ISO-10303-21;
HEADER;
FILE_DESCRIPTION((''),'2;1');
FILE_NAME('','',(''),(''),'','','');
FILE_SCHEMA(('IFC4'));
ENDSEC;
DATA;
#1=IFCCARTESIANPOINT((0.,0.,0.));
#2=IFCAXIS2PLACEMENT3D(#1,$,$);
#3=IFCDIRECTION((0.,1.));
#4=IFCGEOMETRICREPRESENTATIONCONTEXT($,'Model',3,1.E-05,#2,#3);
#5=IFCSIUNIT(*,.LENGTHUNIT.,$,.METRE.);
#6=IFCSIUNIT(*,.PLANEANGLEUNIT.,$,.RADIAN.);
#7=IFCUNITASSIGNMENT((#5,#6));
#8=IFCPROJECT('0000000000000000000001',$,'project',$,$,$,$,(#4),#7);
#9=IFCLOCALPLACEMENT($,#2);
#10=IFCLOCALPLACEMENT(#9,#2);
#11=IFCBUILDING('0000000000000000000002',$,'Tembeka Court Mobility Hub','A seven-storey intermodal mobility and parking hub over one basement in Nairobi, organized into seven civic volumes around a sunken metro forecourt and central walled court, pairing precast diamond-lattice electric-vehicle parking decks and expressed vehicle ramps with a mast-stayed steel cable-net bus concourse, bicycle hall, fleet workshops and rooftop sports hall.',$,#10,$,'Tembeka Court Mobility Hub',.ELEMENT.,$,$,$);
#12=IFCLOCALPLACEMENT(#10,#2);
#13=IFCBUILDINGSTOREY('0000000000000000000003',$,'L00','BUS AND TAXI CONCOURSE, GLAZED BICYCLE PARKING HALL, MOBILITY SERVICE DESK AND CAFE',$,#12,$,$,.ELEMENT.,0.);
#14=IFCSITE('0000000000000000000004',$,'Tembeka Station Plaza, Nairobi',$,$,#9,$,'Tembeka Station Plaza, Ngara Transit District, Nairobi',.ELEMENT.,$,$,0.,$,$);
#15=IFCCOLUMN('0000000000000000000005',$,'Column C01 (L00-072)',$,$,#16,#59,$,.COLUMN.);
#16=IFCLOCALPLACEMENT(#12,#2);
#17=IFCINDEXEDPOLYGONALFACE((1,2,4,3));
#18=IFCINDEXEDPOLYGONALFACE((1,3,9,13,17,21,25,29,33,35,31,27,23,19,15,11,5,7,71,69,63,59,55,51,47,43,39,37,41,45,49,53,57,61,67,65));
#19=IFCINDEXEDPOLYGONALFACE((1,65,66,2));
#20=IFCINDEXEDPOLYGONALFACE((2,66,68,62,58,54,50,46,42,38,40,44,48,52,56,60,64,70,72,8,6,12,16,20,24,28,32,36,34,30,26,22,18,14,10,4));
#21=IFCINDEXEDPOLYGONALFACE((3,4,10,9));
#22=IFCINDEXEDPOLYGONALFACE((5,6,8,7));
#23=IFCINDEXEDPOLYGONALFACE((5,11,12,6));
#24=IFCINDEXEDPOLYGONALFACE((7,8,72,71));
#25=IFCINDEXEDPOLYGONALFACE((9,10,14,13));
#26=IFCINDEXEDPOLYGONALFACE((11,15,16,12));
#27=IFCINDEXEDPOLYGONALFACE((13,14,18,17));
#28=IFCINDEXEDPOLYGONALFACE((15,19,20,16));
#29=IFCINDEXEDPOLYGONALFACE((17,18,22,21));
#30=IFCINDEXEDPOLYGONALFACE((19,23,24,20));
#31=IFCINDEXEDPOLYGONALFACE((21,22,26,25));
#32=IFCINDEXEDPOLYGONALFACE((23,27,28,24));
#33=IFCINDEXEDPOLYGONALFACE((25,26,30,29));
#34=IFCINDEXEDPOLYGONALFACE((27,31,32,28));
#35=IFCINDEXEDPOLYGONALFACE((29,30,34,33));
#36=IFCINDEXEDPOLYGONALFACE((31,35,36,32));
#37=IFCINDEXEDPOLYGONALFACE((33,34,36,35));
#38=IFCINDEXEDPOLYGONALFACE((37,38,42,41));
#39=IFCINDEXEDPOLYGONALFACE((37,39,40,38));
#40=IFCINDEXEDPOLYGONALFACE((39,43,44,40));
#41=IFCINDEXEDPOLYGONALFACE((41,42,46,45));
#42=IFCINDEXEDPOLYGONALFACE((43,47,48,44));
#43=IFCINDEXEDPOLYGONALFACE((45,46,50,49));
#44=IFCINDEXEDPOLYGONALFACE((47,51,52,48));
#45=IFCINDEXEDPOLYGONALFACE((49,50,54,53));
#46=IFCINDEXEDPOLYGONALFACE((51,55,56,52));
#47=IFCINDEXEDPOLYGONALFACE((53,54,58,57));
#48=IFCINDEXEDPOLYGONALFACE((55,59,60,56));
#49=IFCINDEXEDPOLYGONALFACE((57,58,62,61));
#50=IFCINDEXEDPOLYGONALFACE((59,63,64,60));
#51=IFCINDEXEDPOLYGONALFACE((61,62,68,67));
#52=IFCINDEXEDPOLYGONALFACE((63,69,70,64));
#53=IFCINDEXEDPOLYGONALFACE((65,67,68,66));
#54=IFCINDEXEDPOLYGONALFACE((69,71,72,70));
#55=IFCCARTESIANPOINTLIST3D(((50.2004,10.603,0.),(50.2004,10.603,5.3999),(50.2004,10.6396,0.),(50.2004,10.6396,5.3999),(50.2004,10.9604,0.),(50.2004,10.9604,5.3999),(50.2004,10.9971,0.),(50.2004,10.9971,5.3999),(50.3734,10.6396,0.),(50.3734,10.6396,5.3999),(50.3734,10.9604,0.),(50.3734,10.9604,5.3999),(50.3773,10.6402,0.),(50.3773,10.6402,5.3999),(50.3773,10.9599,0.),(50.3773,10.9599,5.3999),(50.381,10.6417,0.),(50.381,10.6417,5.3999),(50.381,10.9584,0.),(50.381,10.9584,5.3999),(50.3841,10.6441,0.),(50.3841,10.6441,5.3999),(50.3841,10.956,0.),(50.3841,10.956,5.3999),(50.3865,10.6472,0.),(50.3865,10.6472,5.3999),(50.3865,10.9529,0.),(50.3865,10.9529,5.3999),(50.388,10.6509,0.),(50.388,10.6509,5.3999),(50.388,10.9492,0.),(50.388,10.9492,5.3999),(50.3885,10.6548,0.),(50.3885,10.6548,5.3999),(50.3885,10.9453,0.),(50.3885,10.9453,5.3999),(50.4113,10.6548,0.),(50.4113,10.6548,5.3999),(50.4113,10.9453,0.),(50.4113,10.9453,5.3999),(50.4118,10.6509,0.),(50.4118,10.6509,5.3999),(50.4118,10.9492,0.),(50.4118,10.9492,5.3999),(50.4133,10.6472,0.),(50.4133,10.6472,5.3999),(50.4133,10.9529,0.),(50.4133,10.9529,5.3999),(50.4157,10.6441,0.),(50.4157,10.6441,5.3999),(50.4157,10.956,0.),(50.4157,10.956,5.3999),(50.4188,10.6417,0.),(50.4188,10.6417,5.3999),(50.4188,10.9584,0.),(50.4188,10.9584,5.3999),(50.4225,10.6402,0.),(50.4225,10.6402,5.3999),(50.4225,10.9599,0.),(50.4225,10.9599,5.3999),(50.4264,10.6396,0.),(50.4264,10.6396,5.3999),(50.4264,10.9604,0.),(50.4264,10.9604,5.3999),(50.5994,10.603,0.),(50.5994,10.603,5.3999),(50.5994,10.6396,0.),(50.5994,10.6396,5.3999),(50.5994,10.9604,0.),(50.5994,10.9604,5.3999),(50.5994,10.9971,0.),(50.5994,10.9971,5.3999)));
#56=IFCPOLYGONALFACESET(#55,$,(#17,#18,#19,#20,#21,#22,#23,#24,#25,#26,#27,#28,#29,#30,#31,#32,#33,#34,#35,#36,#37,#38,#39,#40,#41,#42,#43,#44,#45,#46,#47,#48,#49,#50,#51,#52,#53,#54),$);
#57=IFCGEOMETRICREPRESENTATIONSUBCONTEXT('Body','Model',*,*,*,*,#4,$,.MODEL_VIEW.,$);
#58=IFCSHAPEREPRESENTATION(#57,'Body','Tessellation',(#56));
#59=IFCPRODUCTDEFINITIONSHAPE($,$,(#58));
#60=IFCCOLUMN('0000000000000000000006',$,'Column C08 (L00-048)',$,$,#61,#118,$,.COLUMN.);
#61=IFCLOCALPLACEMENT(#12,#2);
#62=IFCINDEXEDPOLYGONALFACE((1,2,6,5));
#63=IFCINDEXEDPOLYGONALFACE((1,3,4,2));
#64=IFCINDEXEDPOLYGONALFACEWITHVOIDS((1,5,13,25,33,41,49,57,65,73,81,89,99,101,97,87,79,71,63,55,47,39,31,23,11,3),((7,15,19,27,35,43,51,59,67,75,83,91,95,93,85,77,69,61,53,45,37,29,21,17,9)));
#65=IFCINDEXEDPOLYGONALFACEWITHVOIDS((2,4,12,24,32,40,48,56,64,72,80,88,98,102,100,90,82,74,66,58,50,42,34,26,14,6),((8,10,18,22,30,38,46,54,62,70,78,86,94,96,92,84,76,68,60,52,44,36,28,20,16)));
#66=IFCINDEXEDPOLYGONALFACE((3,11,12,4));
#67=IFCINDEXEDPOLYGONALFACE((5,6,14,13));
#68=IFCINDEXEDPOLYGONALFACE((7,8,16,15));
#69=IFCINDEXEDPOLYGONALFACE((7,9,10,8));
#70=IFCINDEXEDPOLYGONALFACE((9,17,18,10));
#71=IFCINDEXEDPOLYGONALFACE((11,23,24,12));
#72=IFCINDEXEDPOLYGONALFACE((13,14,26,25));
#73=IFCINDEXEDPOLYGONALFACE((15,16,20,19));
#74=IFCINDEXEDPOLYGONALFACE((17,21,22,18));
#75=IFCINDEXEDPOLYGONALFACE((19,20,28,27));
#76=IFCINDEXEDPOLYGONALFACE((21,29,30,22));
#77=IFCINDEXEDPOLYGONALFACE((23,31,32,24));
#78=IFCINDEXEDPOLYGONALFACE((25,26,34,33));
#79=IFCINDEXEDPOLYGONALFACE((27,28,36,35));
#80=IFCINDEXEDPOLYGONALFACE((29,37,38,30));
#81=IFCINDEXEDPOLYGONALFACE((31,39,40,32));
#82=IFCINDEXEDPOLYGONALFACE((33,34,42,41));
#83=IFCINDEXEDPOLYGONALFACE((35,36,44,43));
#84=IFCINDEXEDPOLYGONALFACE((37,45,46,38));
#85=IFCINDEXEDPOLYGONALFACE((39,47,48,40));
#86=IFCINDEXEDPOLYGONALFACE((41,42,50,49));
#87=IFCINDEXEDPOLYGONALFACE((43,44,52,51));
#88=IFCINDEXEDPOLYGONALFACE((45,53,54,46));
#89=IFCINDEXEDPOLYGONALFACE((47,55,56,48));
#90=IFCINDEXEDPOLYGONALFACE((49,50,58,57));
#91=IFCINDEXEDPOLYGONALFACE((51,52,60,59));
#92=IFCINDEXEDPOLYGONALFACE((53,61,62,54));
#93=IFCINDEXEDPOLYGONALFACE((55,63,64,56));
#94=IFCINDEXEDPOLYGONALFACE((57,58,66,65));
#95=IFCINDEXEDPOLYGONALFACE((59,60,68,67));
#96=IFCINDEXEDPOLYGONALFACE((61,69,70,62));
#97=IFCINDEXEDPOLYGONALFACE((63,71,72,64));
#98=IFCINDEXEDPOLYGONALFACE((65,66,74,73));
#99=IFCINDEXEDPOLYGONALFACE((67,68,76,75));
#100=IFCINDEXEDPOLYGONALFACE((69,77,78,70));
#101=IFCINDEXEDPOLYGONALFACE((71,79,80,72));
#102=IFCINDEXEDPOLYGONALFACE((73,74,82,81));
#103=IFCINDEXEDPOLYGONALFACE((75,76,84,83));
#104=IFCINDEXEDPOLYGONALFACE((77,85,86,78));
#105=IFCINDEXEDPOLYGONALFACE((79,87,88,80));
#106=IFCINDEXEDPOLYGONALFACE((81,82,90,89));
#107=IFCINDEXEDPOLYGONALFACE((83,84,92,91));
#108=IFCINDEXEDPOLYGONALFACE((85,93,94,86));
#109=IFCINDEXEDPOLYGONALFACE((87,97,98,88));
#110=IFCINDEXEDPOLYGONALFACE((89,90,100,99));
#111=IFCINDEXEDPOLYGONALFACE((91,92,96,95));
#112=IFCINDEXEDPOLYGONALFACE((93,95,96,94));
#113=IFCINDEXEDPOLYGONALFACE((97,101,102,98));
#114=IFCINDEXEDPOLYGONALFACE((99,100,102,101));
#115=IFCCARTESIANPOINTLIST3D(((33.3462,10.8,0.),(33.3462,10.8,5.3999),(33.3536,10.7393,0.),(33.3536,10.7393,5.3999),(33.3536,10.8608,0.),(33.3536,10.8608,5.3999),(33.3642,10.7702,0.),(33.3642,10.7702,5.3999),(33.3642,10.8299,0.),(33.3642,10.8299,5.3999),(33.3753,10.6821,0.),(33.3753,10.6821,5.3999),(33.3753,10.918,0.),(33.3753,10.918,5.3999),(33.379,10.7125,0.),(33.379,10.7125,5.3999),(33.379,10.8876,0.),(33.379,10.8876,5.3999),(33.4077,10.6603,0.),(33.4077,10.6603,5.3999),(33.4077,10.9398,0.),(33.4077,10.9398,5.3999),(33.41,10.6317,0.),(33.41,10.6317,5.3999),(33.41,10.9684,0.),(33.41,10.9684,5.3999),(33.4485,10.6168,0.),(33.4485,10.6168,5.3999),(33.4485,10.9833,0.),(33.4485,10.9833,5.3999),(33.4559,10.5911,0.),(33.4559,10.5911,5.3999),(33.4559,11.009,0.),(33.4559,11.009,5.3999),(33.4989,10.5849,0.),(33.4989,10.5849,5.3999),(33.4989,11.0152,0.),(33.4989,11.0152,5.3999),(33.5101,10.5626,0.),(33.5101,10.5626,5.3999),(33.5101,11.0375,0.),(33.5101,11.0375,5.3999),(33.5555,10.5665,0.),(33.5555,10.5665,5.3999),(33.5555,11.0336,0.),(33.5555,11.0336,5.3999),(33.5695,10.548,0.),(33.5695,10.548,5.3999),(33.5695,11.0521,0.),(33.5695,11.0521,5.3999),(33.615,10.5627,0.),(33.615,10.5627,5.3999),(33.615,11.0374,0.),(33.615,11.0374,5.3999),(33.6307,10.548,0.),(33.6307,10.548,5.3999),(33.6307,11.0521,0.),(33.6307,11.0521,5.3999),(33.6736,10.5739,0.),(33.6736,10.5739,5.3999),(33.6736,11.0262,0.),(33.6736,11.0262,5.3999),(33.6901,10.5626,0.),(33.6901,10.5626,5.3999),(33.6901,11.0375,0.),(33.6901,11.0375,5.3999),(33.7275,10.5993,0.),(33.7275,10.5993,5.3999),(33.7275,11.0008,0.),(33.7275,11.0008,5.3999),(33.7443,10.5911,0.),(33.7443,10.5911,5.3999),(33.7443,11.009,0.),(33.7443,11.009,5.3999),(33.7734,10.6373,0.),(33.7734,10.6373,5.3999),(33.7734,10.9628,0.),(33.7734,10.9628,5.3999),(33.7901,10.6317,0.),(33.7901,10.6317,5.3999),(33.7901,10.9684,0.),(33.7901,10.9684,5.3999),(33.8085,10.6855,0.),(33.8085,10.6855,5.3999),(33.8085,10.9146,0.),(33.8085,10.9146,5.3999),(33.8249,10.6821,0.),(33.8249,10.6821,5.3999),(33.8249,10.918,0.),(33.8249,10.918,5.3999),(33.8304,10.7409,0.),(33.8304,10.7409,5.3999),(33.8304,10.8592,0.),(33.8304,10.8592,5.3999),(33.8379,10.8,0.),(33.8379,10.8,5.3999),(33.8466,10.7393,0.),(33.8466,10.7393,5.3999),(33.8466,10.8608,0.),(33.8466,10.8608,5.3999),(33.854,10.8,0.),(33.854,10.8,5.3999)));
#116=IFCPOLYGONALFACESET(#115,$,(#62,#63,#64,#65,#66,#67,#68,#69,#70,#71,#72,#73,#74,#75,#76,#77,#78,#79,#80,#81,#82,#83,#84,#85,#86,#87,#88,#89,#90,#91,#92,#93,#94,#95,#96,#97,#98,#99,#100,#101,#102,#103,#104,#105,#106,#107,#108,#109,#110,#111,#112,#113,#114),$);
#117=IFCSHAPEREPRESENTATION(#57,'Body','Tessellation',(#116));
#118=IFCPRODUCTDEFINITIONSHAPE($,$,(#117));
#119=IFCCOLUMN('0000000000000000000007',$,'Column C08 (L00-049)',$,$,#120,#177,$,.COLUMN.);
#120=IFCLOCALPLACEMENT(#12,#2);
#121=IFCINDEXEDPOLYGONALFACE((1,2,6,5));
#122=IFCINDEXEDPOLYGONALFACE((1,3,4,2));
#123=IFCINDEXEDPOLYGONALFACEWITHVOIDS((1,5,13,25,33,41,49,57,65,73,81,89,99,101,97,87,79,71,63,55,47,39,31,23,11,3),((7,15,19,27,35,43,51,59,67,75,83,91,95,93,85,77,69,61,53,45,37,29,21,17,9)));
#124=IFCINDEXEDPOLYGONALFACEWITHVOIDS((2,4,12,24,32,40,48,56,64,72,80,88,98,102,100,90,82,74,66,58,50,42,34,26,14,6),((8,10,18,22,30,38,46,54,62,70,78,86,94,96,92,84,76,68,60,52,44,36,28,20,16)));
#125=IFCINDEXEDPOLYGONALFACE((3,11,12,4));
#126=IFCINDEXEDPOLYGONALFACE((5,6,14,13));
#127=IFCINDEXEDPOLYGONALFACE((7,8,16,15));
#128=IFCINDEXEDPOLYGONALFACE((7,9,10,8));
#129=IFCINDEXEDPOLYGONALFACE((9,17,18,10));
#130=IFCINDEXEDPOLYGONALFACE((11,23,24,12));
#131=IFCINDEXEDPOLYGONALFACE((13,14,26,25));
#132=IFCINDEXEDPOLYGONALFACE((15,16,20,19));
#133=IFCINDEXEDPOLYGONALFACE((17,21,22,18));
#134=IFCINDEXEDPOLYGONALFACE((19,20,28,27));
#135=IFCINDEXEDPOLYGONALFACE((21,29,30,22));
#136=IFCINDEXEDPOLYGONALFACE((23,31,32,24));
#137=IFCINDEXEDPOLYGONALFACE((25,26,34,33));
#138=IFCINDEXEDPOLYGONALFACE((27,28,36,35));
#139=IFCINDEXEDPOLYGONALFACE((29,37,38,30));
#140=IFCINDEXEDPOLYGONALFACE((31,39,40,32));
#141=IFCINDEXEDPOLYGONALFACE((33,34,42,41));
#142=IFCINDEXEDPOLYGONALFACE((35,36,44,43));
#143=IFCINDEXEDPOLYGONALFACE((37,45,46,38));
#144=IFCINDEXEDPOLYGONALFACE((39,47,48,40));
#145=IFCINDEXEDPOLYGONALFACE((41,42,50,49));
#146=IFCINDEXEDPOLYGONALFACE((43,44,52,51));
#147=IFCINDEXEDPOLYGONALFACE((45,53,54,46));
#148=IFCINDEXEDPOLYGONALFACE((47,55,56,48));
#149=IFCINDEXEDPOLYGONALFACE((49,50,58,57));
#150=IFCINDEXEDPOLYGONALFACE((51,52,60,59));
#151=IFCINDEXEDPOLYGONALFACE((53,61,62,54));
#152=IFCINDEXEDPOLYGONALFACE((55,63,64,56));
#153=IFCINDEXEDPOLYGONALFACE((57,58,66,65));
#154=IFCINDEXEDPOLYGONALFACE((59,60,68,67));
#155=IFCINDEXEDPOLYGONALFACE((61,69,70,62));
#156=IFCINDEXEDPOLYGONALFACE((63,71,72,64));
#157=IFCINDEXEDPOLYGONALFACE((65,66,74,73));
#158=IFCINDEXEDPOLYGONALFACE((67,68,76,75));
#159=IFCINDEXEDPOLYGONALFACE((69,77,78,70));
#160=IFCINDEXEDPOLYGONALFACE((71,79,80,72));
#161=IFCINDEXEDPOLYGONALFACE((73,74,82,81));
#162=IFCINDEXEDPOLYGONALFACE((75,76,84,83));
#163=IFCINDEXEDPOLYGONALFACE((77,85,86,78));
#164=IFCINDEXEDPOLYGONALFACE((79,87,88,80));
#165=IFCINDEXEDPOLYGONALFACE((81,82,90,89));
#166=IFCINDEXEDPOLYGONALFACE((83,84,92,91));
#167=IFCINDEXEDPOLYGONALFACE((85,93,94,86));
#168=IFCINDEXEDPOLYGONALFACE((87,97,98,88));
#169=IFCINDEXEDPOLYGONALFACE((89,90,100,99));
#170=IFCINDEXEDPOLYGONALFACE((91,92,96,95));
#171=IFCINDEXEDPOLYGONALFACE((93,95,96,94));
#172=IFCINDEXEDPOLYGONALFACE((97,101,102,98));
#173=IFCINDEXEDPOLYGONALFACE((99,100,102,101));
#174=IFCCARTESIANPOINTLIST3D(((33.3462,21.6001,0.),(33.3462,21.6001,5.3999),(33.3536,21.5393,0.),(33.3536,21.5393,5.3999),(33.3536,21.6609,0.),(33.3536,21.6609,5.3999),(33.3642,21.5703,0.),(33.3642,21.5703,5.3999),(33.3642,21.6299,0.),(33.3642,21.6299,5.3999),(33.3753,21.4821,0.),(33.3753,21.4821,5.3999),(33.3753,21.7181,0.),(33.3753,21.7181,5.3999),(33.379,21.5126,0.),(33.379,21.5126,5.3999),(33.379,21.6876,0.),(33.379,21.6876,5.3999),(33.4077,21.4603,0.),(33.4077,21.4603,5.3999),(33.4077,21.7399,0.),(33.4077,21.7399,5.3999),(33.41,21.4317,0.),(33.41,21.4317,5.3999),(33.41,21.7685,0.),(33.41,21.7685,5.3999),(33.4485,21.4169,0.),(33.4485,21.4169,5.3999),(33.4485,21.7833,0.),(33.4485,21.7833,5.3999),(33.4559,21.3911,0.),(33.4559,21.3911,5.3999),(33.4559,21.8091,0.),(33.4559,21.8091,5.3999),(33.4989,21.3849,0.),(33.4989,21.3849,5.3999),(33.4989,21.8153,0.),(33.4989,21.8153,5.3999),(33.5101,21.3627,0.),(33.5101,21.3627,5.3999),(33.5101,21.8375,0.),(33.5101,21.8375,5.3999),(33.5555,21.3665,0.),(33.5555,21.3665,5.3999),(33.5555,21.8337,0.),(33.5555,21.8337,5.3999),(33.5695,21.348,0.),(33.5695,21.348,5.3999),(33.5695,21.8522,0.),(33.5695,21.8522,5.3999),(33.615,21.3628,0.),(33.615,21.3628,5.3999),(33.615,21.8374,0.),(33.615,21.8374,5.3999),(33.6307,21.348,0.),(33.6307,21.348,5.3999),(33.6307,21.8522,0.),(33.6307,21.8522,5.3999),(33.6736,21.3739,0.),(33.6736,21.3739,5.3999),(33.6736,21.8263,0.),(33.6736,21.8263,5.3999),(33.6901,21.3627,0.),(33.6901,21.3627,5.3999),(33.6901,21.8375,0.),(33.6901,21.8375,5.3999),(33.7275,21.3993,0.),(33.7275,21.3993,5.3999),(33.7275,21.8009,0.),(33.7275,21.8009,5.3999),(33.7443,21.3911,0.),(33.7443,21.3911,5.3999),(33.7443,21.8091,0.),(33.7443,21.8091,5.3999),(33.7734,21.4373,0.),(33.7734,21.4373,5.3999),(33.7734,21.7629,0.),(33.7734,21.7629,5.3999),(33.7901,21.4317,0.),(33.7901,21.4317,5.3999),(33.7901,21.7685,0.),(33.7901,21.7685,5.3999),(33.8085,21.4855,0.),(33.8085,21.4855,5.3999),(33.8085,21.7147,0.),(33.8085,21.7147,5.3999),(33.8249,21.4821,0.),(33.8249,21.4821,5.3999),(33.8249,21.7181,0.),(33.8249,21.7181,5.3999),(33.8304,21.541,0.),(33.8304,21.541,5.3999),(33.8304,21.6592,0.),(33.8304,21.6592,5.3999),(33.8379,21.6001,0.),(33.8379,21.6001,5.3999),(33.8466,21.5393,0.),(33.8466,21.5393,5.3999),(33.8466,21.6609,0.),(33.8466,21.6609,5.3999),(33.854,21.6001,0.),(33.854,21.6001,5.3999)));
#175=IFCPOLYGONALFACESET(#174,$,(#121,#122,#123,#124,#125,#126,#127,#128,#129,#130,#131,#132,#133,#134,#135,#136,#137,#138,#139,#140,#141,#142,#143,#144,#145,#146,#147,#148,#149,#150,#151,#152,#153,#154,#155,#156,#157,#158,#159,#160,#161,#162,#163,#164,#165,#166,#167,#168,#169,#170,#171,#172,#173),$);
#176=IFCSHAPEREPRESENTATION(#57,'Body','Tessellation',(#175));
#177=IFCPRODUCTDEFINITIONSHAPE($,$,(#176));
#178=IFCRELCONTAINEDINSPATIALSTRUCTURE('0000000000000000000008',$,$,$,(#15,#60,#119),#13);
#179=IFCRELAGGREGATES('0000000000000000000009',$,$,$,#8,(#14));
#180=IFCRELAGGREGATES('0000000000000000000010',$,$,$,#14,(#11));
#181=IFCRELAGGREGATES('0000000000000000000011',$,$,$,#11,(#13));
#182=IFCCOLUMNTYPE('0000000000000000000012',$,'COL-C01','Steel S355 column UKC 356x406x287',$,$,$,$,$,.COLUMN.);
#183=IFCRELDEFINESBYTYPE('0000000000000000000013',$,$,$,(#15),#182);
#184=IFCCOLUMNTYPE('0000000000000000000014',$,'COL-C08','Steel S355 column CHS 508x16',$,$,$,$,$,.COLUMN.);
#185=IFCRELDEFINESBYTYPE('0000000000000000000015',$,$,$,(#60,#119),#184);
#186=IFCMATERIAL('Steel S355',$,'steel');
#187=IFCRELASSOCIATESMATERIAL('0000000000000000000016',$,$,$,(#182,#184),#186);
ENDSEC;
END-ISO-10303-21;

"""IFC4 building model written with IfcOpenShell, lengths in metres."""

from ifc_helpers import new_model, si_unit, direction, frame, origin, origin_2d, place, context, subcontext, project, spatial, hollow_circle, i_section, extrude, material, material_profile, profile_set, type_object, element, save


model = new_model("IFC4")

# Units and contexts
model_context = context("Model", 3, precision=1e-05, world=origin(), true_north=direction((0.0, 1.0)))
body_context = subcontext(model_context, "Body", "Model", "MODEL_VIEW")
ifc_project = project(units=[si_unit("LENGTHUNIT", "METRE"), si_unit("PLANEANGLEUNIT", "RADIAN")], contexts=[model_context])

# Site, building, storey
site_placement = place(None, origin())
site = spatial("IfcSite", under=ifc_project, at=site_placement, Name="Tembeka Station Plaza, Nairobi", LongName="Tembeka Station Plaza, Ngara Transit District, Nairobi", CompositionType="ELEMENT", RefElevation=0.0)
building_placement = place(site_placement, origin())
building = spatial("IfcBuilding", under=site, at=building_placement, Name="Tembeka Court Mobility Hub", Description="A seven-storey intermodal mobility and parking hub over one basement in Nairobi, organized into seven civic volumes around a sunken metro forecourt and central walled court, pairing precast diamond-lattice electric-vehicle parking decks and expressed vehicle ramps with a mast-stayed steel cable-net bus concourse, bicycle hall, fleet workshops and rooftop sports hall.", LongName="Tembeka Court Mobility Hub", CompositionType="ELEMENT")
storey_placement = place(building_placement, origin())
storey = spatial("IfcBuildingStorey", under=building, at=storey_placement, Name="L00", Description="BUS AND TAXI CONCOURSE, GLAZED BICYCLE PARKING HALL, MOBILITY SERVICE DESK AND CAFE", CompositionType="ELEMENT", Elevation=0.0)

# Columns
ifc_material_1 = material(Name="Steel S355", Category="steel")
ifc_material_profile_1 = material_profile(ifc_material_1, i_section(OverallWidth=0.3989, OverallDepth=0.394, WebThickness=0.0227, FlangeThickness=0.0366, FilletRadius=0.0151, at=origin_2d()), Name="UKC 356x406x287")
ifc_profile_set_1 = profile_set([ifc_material_profile_1], Name="Steel S355")
column_type_1 = type_object("IfcColumnType", Name="COL-C01", Description="Steel S355 column UKC 356x406x287", PredefinedType="COLUMN", material=ifc_profile_set_1)
column_placement = place(storey_placement, frame((50.3999, 10.8, 0.0), z_axis=(0.0, 0.0, 1.0), x_axis=(1.0, 0.0, 0.0)))
element("IfcColumn", 1, at=column_placement, inside=storey, type_object=column_type_1, Name="Column C01 (L00-072)", PredefinedType="COLUMN", context=body_context, shape_type="SweptSolid", body=[
    extrude(i_section(OverallWidth=0.3989, OverallDepth=0.394, WebThickness=0.0227, FlangeThickness=0.0366, FilletRadius=0.0151, at=origin_2d()), origin(), (0.0, 0.0, 1.0), 5.3999),
])
ifc_material_profile_2 = material_profile(ifc_material_1, hollow_circle(Radius=0.2539, WallThickness=0.0161, at=origin_2d()), Name="CHS 508x16")
ifc_profile_set_2 = profile_set([ifc_material_profile_2], Name="Steel S355")
column_type_2 = type_object("IfcColumnType", Name="COL-C08", Description="Steel S355 column CHS 508x16", PredefinedType="COLUMN", material=ifc_profile_set_2)
for number, where, z_axis, x_axis, name in (
    (2, (33.6001, 10.8, 0.0), (0.0, 0.0, 1.0), (1.0, 0.0, 0.0), "Column C08 (L00-048)"),
    (3, (33.6001, 21.6001, 0.0), (0.0, 0.0, 1.0), (1.0, 0.0, 0.0), "Column C08 (L00-049)"),
):
    element("IfcColumn", number, at=place(storey_placement, frame(where, z_axis=z_axis, x_axis=x_axis)), inside=storey, type_object=column_type_2, Name=name, PredefinedType="COLUMN", context=body_context, shape_type="SweptSolid", body=[
        extrude(hollow_circle(Radius=0.2539, WallThickness=0.0161, at=origin_2d()), origin(), (0.0, 0.0, 1.0), 5.3999),
    ])

save(model, "model.ifc")
